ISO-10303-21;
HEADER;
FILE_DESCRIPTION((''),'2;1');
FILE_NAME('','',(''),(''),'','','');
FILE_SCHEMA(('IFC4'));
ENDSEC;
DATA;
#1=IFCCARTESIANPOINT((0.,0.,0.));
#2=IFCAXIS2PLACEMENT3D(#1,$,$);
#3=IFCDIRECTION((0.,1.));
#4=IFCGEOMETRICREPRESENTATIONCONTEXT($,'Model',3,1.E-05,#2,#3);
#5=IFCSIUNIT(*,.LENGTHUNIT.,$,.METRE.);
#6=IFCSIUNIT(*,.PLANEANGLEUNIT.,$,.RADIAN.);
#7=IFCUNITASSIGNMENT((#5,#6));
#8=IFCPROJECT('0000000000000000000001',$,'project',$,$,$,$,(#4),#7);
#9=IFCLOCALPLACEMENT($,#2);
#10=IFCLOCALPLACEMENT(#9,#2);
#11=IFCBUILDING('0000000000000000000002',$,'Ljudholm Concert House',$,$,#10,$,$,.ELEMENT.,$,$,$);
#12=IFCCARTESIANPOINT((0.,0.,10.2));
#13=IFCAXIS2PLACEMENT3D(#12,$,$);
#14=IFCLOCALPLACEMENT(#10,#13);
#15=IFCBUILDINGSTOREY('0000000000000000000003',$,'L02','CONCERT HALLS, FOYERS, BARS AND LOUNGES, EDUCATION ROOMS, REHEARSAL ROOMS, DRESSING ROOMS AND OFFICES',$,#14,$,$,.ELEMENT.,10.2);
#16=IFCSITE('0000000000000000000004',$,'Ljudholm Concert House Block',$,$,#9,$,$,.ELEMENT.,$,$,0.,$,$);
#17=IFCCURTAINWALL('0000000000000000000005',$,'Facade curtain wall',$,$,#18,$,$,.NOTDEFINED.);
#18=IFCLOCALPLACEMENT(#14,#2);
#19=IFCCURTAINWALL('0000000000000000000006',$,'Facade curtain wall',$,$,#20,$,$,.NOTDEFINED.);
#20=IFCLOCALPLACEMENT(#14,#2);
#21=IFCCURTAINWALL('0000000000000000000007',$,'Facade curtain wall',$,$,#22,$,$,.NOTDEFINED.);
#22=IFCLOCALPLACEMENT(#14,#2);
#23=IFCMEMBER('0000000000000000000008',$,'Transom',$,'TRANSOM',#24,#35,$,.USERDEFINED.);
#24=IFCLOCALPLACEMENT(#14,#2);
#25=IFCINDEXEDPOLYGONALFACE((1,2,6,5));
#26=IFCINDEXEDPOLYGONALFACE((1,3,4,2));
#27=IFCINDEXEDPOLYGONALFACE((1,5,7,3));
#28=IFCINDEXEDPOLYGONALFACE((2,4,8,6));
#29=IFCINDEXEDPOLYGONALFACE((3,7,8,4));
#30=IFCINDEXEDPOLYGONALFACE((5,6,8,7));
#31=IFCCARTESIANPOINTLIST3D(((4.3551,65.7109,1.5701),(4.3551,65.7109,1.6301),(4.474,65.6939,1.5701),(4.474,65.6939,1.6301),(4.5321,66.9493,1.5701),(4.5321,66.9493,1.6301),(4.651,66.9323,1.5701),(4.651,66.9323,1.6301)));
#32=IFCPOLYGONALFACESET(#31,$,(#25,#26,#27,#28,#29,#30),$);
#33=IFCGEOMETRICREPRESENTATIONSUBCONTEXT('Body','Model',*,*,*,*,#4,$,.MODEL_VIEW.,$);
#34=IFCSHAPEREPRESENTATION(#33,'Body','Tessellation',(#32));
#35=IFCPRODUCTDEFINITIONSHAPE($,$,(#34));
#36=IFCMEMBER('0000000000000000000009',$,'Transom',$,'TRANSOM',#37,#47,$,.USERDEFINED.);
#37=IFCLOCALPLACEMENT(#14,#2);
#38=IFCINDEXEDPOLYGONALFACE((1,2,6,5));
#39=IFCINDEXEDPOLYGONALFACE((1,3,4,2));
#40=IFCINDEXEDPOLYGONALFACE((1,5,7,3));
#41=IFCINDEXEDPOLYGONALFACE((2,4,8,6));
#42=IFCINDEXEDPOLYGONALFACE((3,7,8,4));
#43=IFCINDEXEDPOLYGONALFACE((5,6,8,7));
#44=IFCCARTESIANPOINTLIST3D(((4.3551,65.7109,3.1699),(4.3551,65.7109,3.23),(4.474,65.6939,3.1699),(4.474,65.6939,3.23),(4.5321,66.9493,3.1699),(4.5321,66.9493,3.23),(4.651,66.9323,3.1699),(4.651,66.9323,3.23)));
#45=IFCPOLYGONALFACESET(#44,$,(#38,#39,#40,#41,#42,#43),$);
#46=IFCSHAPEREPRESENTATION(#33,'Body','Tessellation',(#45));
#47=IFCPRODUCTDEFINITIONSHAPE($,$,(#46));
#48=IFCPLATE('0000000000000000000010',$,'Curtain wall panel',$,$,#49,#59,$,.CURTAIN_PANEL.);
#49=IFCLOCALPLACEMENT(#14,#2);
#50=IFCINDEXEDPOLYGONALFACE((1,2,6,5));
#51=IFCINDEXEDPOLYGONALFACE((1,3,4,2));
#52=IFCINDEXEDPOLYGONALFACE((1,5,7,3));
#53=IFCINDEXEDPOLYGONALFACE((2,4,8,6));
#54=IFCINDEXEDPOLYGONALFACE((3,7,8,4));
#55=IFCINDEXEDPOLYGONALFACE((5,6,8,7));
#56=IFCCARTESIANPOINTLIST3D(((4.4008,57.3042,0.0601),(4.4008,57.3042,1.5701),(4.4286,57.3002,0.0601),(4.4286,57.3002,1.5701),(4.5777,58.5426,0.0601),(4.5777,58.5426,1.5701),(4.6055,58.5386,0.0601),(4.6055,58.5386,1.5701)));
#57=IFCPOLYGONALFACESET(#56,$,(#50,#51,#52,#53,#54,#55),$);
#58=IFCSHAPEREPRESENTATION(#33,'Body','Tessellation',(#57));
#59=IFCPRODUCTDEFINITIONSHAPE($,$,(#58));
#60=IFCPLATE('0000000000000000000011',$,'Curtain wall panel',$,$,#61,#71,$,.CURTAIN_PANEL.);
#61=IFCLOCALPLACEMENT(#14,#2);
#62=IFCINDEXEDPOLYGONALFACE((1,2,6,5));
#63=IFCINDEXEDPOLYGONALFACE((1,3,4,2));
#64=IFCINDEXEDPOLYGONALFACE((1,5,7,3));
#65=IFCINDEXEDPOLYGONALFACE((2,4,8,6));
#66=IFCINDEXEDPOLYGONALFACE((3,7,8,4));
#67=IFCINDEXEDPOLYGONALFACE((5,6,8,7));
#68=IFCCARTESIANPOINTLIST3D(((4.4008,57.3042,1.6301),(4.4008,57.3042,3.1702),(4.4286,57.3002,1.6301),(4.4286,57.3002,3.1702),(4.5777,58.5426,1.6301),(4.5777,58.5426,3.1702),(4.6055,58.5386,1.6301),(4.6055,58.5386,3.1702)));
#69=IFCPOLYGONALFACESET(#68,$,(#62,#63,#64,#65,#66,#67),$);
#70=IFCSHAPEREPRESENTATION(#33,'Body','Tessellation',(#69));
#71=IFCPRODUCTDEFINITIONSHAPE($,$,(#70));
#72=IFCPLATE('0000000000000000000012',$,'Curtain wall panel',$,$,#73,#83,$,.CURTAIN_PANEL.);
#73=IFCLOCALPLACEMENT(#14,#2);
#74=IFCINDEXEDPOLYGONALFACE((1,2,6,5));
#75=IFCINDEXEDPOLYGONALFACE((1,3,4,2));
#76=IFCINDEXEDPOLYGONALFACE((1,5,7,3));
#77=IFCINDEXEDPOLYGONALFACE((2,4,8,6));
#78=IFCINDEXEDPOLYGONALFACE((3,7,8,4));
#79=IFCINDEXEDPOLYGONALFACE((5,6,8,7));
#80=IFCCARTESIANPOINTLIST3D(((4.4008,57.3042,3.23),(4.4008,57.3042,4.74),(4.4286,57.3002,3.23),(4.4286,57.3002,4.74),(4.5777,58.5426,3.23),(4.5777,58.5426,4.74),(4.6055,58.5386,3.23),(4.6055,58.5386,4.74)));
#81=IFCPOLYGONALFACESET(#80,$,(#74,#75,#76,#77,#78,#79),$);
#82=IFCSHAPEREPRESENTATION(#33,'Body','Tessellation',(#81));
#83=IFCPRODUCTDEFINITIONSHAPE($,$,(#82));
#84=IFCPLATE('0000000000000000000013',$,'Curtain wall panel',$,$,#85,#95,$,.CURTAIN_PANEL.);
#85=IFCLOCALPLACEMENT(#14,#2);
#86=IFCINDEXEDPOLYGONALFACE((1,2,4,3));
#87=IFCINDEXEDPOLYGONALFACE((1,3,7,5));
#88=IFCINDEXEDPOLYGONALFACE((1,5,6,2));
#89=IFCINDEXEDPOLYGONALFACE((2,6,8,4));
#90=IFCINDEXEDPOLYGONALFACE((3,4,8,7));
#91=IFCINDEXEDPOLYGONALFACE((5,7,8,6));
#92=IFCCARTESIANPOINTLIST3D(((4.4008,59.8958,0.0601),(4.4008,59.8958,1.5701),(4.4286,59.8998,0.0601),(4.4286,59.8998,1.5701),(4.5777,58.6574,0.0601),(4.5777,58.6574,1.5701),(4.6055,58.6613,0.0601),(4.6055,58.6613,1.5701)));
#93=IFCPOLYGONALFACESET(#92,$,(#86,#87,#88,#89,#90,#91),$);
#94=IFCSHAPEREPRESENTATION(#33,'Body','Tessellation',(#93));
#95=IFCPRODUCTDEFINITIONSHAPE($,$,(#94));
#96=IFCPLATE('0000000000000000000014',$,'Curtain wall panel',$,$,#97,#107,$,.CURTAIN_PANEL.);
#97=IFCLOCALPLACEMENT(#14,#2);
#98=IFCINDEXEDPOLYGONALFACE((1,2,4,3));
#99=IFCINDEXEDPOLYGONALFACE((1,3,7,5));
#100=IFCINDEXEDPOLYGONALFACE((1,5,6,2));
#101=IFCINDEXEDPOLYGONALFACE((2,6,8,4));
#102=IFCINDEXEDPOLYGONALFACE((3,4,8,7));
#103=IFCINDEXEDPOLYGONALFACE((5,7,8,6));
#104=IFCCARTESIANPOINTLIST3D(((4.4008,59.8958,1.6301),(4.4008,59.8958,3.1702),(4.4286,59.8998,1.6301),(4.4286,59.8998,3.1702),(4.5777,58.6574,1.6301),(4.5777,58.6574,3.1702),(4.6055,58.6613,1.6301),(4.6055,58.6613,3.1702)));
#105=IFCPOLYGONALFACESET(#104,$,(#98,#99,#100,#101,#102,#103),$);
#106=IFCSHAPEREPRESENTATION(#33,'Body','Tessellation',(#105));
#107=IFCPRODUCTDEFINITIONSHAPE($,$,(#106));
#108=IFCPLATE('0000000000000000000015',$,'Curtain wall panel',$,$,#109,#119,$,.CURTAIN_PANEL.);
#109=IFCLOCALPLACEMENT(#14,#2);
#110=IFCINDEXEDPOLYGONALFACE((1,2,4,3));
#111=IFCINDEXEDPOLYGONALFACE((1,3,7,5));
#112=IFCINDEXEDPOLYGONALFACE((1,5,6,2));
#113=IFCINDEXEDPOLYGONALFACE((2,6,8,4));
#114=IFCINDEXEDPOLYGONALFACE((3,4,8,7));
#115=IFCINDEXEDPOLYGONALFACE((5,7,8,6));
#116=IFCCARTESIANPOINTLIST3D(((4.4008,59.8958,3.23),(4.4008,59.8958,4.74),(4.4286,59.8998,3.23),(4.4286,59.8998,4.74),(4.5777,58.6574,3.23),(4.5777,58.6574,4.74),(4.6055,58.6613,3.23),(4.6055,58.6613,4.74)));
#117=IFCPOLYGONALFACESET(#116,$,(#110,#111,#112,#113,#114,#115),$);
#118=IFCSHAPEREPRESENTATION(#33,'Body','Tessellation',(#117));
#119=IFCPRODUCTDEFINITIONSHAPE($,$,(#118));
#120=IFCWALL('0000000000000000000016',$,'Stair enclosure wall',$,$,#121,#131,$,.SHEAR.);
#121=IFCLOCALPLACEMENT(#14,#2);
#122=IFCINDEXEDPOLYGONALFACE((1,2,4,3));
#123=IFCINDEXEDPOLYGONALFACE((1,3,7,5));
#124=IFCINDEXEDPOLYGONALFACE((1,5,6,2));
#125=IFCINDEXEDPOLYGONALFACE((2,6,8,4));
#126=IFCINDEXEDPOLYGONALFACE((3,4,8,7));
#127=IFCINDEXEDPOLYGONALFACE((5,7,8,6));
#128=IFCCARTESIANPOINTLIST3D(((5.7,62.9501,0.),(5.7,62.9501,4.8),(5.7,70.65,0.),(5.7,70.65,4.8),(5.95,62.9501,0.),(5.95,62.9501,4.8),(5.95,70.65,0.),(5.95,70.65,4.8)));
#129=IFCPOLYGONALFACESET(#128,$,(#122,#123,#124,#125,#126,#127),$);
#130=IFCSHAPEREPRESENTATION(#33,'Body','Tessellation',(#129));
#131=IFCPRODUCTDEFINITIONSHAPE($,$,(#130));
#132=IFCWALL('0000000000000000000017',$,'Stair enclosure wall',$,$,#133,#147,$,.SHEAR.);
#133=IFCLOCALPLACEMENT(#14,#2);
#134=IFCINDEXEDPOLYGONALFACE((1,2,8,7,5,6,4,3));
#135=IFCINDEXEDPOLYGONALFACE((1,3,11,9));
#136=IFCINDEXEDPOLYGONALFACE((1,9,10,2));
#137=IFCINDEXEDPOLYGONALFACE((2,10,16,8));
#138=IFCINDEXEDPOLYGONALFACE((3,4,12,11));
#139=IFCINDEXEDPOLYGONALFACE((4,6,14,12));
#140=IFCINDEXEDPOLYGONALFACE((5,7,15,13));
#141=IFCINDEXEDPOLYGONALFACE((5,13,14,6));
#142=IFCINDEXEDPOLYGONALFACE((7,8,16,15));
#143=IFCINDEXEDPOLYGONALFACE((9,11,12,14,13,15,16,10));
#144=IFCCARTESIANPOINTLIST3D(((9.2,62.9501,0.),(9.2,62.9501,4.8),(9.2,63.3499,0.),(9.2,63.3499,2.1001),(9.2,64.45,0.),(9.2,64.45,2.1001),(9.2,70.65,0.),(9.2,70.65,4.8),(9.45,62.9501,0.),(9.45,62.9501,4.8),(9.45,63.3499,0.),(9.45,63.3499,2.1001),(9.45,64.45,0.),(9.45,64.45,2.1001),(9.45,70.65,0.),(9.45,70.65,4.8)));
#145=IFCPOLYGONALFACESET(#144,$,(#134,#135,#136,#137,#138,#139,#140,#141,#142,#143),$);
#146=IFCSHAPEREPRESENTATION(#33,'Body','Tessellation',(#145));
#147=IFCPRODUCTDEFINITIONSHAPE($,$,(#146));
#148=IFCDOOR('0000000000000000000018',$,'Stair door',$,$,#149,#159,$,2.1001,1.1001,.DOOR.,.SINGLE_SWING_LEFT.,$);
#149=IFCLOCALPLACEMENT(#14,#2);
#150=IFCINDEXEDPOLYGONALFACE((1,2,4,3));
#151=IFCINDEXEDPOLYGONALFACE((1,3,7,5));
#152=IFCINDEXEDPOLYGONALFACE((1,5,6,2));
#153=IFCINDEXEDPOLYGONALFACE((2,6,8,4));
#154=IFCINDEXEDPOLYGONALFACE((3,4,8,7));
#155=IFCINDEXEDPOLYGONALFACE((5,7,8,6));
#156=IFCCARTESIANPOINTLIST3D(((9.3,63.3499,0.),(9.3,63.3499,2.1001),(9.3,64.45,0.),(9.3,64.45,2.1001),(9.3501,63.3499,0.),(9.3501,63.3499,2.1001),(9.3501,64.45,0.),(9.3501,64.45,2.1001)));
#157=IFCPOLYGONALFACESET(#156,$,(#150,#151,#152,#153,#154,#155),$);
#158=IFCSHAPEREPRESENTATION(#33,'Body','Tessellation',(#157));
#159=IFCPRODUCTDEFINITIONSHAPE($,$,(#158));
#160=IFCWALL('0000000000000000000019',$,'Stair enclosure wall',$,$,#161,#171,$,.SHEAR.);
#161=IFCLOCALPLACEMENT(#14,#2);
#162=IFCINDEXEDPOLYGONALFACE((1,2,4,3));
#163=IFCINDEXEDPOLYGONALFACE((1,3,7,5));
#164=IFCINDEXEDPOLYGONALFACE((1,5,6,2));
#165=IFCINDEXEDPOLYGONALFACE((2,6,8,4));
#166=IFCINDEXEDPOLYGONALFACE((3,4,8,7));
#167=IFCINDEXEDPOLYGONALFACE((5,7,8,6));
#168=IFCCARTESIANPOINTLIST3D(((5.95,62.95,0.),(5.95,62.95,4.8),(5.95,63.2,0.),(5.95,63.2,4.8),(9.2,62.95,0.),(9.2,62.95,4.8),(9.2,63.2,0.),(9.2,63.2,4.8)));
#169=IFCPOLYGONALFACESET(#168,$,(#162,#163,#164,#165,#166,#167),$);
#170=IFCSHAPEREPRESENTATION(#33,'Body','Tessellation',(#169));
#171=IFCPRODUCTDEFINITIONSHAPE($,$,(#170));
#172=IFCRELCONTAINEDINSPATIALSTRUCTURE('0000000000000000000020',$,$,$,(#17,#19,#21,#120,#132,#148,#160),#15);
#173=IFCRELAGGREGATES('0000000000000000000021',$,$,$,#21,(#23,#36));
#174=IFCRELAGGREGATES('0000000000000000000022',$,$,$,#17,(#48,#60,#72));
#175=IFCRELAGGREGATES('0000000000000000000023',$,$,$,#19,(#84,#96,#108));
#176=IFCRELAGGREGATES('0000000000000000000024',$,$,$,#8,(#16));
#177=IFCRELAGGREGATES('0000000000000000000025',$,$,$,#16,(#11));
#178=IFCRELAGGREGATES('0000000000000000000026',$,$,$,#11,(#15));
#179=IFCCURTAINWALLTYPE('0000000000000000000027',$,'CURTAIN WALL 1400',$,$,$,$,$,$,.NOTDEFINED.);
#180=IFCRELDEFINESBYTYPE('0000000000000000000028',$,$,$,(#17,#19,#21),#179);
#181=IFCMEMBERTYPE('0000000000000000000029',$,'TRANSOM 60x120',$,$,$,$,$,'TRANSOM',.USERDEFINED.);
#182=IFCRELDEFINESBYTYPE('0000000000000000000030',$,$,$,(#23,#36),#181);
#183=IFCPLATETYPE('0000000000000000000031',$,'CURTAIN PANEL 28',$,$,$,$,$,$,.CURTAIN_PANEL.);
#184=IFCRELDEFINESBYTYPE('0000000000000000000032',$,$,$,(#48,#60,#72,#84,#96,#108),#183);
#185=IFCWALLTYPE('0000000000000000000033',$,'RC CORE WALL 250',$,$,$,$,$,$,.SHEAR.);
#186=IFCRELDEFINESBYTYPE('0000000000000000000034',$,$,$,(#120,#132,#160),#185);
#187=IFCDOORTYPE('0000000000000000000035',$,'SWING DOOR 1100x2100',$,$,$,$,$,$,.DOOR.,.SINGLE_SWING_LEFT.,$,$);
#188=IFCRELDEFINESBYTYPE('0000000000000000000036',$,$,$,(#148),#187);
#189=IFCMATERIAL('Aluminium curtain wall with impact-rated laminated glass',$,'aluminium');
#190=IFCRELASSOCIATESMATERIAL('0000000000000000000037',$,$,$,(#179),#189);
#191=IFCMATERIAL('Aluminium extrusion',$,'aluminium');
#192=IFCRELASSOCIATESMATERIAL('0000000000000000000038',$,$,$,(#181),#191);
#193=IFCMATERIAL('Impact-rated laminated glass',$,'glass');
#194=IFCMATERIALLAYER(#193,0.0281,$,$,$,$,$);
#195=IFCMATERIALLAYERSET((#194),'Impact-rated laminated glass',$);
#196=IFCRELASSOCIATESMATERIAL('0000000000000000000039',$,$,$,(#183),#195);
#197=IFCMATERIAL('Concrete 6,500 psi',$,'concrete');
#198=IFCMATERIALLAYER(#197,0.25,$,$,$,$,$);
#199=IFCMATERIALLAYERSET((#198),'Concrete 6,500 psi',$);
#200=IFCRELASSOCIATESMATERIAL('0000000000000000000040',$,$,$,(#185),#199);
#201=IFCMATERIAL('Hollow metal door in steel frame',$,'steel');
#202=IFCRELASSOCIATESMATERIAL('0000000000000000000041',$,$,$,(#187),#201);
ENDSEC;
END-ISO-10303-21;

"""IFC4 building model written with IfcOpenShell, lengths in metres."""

from ifc_helpers import new_model, si_unit, direction, frame, frame_2d, origin, origin_2d, place, context, subcontext, project, spatial, rectangle, extrude, material, layer, layer_set, material_profile, profile_set, type_object, element, fill, aggregate, save


model = new_model("IFC4")

# Units and contexts
model_context = context("Model", 3, precision=1e-05, world=origin(), true_north=direction((0.0, 1.0)))
body_context = subcontext(model_context, "Body", "Model", "MODEL_VIEW")
ifc_project = project(units=[si_unit("LENGTHUNIT", "METRE"), si_unit("PLANEANGLEUNIT", "RADIAN")], contexts=[model_context])

# Site, building, storey
site_placement = place(None, origin())
site = spatial("IfcSite", under=ifc_project, at=site_placement, Name="Ljudholm Concert House Block", CompositionType="ELEMENT", RefElevation=0.0)
building_placement = place(site_placement, origin())
building = spatial("IfcBuilding", under=site, at=building_placement, Name="Ljudholm Concert House", CompositionType="ELEMENT")
storey_placement = place(building_placement, frame((0.0, 0.0, 10.2)))
storey = spatial("IfcBuildingStorey", under=building, at=storey_placement, Name="L02", Description="CONCERT HALLS, FOYERS, BARS AND LOUNGES, EDUCATION ROOMS, REHEARSAL ROOMS, DRESSING ROOMS AND OFFICES", CompositionType="ELEMENT", Elevation=10.2)

# Curtain walls
ifc_material_1 = material(Name="Aluminium curtain wall with impact-rated laminated glass", Category="aluminium")
curtain_wall_type = type_object("IfcCurtainWallType", Name="CURTAIN WALL 1400", PredefinedType="NOTDEFINED", material=ifc_material_1)
curtain_wall_1_placement = place(storey_placement, origin())
curtain_wall_1 = element("IfcCurtainWall", 1, at=curtain_wall_1_placement, inside=storey, type_object=curtain_wall_type, Name="Facade curtain wall", PredefinedType="NOTDEFINED")
curtain_wall_2_placement = place(storey_placement, origin())
curtain_wall_2 = element("IfcCurtainWall", 2, at=curtain_wall_2_placement, inside=storey, type_object=curtain_wall_type, Name="Facade curtain wall", PredefinedType="NOTDEFINED")

# Curtain wall
curtain_wall_3_placement = place(storey_placement, origin())
curtain_wall_3 = element("IfcCurtainWall", 3, at=curtain_wall_3_placement, inside=storey, type_object=curtain_wall_type, Name="Facade curtain wall", PredefinedType="NOTDEFINED")

# Members
ifc_material_2 = material(Name="Aluminium extrusion", Category="aluminium")
ifc_material_profile_1 = material_profile(ifc_material_2, rectangle(XDim=0.1201, YDim=0.0601, at=origin_2d()), Name="TRANSOM 60x120")
ifc_profile_set_1 = profile_set([ifc_material_profile_1], Name="Aluminium extrusion")
member_type_1 = type_object("IfcMemberType", Name="TRANSOM 60x120", ElementType="TRANSOM", PredefinedType="USERDEFINED", material=ifc_profile_set_1)
member_1_placement = place(storey_placement, frame((4.4146, 65.7024, 1.6001), z_axis=(0.141503, 0.989938, 0.0), x_axis=(-0.989938, 0.141503, 0.0)))
member_1 = element("IfcMember", 4, at=member_1_placement, type_object=member_type_1, Name="Transom", ObjectType="TRANSOM", PredefinedType="USERDEFINED", context=body_context, shape_type="SweptSolid", body=[
    extrude(rectangle(XDim=0.1201, YDim=0.0601, at=origin_2d()), origin(), (0.0, 0.0, 1.0), 1.251),
])
member_2_placement = place(storey_placement, frame((4.4146, 65.7024, 3.2), z_axis=(0.141503, 0.989938, 0.0), x_axis=(-0.989938, 0.141503, 0.0)))
member_2 = element("IfcMember", 5, at=member_2_placement, type_object=member_type_1, Name="Transom", ObjectType="TRANSOM", PredefinedType="USERDEFINED", context=body_context, shape_type="SweptSolid", body=[
    extrude(rectangle(XDim=0.1201, YDim=0.0601, at=origin_2d()), origin(), (0.0, 0.0, 1.0), 1.251),
])
aggregate(curtain_wall_3, [member_1, member_2])

# Plates
ifc_material_3 = material(Name="Impact-rated laminated glass", Category="glass")
ifc_layer_1 = layer(ifc_material_3, 0.0281)
ifc_layer_set_1 = layer_set([ifc_layer_1], Name="Impact-rated laminated glass")
plate_type = type_object("IfcPlateType", Name="CURTAIN PANEL 28", PredefinedType="CURTAIN_PANEL", material=ifc_layer_set_1)
plate_1_placement = place(storey_placement, frame((4.5032, 57.9214, 0.0601), z_axis=(0.0, 0.0, 1.0), x_axis=(0.141421, 0.989949, 0.0)))
plate_1 = element("IfcPlate", 6, at=plate_1_placement, type_object=plate_type, Name="Curtain wall panel", PredefinedType="CURTAIN_PANEL", context=body_context, shape_type="SweptSolid", body=[
    extrude(rectangle(XDim=1.251, YDim=0.0281, at=origin_2d()), origin(), (0.0, 0.0, 1.0), 1.51),
])
plate_2_placement = place(storey_placement, frame((4.5032, 57.9214, 1.6301), z_axis=(0.0, 0.0, 1.0), x_axis=(0.141421, 0.989949, 0.0)))
plate_2 = element("IfcPlate", 7, at=plate_2_placement, type_object=plate_type, Name="Curtain wall panel", PredefinedType="CURTAIN_PANEL", context=body_context, shape_type="SweptSolid", body=[
    extrude(rectangle(XDim=1.251, YDim=0.0281, at=origin_2d()), origin(), (0.0, 0.0, 1.0), 1.54),
])
plate_3_placement = place(storey_placement, frame((4.5032, 57.9214, 3.23), z_axis=(0.0, 0.0, 1.0), x_axis=(0.141421, 0.989949, 0.0)))
plate_3 = element("IfcPlate", 8, at=plate_3_placement, type_object=plate_type, Name="Curtain wall panel", PredefinedType="CURTAIN_PANEL", context=body_context, shape_type="SweptSolid", body=[
    extrude(rectangle(XDim=1.251, YDim=0.0281, at=origin_2d()), origin(), (0.0, 0.0, 1.0), 1.51),
])
aggregate(curtain_wall_1, [plate_1, plate_2, plate_3])
plate_4_placement = place(storey_placement, frame((4.5032, 59.2786, 0.0601), z_axis=(0.0, 0.0, 1.0), x_axis=(-0.141421, 0.989949, 0.0)))
plate_4 = element("IfcPlate", 9, at=plate_4_placement, type_object=plate_type, Name="Curtain wall panel", PredefinedType="CURTAIN_PANEL", context=body_context, shape_type="SweptSolid", body=[
    extrude(rectangle(XDim=1.251, YDim=0.0281, at=origin_2d()), origin(), (0.0, 0.0, 1.0), 1.51),
])
plate_5_placement = place(storey_placement, frame((4.5032, 59.2786, 1.6301), z_axis=(0.0, 0.0, 1.0), x_axis=(-0.141421, 0.989949, 0.0)))
plate_5 = element("IfcPlate", 10, at=plate_5_placement, type_object=plate_type, Name="Curtain wall panel", PredefinedType="CURTAIN_PANEL", context=body_context, shape_type="SweptSolid", body=[
    extrude(rectangle(XDim=1.251, YDim=0.0281, at=origin_2d()), origin(), (0.0, 0.0, 1.0), 1.54),
])
plate_6_placement = place(storey_placement, frame((4.5032, 59.2786, 3.23), z_axis=(0.0, 0.0, 1.0), x_axis=(-0.141421, 0.989949, 0.0)))
plate_6 = element("IfcPlate", 11, at=plate_6_placement, type_object=plate_type, Name="Curtain wall panel", PredefinedType="CURTAIN_PANEL", context=body_context, shape_type="SweptSolid", body=[
    extrude(rectangle(XDim=1.251, YDim=0.0281, at=origin_2d()), origin(), (0.0, 0.0, 1.0), 1.51),
])
aggregate(curtain_wall_2, [plate_4, plate_5, plate_6])

# Wall
ifc_material_4 = material(Name="Concrete 6,500 psi", Category="concrete")
ifc_layer_2 = layer(ifc_material_4, 0.25)
ifc_layer_set_2 = layer_set([ifc_layer_2], Name="Concrete 6,500 psi")
wall_type = type_object("IfcWallType", Name="RC CORE WALL 250", PredefinedType="SHEAR", material=ifc_layer_set_2)
wall_1_placement = place(storey_placement, frame((5.825, 62.95, 0.0), z_axis=(0.0, 0.0, 1.0), x_axis=(0.0, 1.0, 0.0)))
element("IfcWall", 12, at=wall_1_placement, inside=storey, type_object=wall_type, Name="Stair enclosure wall", PredefinedType="SHEAR", context=body_context, shape_type="SweptSolid", body=[
    extrude(rectangle(XDim=7.7, YDim=0.25, at=frame_2d((3.8501, 0.0))), origin(), (0.0, 0.0, 1.0), 4.8),
])

# Wall, opening, door
wall_2_placement = place(storey_placement, frame((9.325, 62.95, 0.0), z_axis=(0.0, 0.0, 1.0), x_axis=(0.0, 1.0, 0.0)))
wall_2 = element("IfcWall", 13, at=wall_2_placement, inside=storey, type_object=wall_type, Name="Stair enclosure wall", PredefinedType="SHEAR", context=body_context, shape_type="SweptSolid", body=[
    extrude(rectangle(XDim=7.7, YDim=0.25, at=frame_2d((3.8501, 0.0))), origin(), (0.0, 0.0, 1.0), 4.8),
])
opening_placement = place(wall_2_placement, frame((0.3999, 0.0, 0.0)))
opening = element("IfcOpeningElement", 14, at=opening_placement, cuts=wall_2, PredefinedType="OPENING", context=body_context, shape_type="SweptSolid", body=[
    extrude(rectangle(XDim=1.1001, YDim=2.1001, at=frame_2d((0.55, 1.05))), frame((0.0, 0.135, 0.0), z_axis=(0.0, -1.0, 0.0), x_axis=(1.0, 0.0, 0.0)), (0.0, 0.0, 1.0), 0.27),
])
ifc_material_5 = material(Name="Hollow metal door in steel frame", Category="steel")
door_type = type_object("IfcDoorType", Name="SWING DOOR 1100x2100", OperationType="SINGLE_SWING_LEFT", PredefinedType="DOOR", material=ifc_material_5)
door_placement = place(opening_placement, origin())
door = element("IfcDoor", 15, at=door_placement, inside=storey, type_object=door_type, Name="Stair door", OperationType="SINGLE_SWING_LEFT", OverallHeight=2.1001, OverallWidth=1.1001, PredefinedType="DOOR", context=body_context, shape_type="SweptSolid", body=[
    extrude(rectangle(XDim=1.1001, YDim=2.1001, at=frame_2d((0.55, 1.05))), frame((0.0, 0.0249, 0.0), z_axis=(0.0, -1.0, 0.0), x_axis=(1.0, 0.0, 0.0)), (0.0, 0.0, 1.0), 0.05),
])
fill(opening, door)

# Wall
wall_3_placement = place(storey_placement, frame((5.95, 63.075, 0.0), z_axis=(0.0, 0.0, 1.0), x_axis=(1.0, 0.0, 0.0)))
element("IfcWall", 16, at=wall_3_placement, inside=storey, type_object=wall_type, Name="Stair enclosure wall", PredefinedType="SHEAR", context=body_context, shape_type="SweptSolid", body=[
    extrude(rectangle(XDim=3.25, YDim=0.25, at=frame_2d((1.625, 0.0))), origin(), (0.0, 0.0, 1.0), 4.8),
])

save(model, "model.ifc")
